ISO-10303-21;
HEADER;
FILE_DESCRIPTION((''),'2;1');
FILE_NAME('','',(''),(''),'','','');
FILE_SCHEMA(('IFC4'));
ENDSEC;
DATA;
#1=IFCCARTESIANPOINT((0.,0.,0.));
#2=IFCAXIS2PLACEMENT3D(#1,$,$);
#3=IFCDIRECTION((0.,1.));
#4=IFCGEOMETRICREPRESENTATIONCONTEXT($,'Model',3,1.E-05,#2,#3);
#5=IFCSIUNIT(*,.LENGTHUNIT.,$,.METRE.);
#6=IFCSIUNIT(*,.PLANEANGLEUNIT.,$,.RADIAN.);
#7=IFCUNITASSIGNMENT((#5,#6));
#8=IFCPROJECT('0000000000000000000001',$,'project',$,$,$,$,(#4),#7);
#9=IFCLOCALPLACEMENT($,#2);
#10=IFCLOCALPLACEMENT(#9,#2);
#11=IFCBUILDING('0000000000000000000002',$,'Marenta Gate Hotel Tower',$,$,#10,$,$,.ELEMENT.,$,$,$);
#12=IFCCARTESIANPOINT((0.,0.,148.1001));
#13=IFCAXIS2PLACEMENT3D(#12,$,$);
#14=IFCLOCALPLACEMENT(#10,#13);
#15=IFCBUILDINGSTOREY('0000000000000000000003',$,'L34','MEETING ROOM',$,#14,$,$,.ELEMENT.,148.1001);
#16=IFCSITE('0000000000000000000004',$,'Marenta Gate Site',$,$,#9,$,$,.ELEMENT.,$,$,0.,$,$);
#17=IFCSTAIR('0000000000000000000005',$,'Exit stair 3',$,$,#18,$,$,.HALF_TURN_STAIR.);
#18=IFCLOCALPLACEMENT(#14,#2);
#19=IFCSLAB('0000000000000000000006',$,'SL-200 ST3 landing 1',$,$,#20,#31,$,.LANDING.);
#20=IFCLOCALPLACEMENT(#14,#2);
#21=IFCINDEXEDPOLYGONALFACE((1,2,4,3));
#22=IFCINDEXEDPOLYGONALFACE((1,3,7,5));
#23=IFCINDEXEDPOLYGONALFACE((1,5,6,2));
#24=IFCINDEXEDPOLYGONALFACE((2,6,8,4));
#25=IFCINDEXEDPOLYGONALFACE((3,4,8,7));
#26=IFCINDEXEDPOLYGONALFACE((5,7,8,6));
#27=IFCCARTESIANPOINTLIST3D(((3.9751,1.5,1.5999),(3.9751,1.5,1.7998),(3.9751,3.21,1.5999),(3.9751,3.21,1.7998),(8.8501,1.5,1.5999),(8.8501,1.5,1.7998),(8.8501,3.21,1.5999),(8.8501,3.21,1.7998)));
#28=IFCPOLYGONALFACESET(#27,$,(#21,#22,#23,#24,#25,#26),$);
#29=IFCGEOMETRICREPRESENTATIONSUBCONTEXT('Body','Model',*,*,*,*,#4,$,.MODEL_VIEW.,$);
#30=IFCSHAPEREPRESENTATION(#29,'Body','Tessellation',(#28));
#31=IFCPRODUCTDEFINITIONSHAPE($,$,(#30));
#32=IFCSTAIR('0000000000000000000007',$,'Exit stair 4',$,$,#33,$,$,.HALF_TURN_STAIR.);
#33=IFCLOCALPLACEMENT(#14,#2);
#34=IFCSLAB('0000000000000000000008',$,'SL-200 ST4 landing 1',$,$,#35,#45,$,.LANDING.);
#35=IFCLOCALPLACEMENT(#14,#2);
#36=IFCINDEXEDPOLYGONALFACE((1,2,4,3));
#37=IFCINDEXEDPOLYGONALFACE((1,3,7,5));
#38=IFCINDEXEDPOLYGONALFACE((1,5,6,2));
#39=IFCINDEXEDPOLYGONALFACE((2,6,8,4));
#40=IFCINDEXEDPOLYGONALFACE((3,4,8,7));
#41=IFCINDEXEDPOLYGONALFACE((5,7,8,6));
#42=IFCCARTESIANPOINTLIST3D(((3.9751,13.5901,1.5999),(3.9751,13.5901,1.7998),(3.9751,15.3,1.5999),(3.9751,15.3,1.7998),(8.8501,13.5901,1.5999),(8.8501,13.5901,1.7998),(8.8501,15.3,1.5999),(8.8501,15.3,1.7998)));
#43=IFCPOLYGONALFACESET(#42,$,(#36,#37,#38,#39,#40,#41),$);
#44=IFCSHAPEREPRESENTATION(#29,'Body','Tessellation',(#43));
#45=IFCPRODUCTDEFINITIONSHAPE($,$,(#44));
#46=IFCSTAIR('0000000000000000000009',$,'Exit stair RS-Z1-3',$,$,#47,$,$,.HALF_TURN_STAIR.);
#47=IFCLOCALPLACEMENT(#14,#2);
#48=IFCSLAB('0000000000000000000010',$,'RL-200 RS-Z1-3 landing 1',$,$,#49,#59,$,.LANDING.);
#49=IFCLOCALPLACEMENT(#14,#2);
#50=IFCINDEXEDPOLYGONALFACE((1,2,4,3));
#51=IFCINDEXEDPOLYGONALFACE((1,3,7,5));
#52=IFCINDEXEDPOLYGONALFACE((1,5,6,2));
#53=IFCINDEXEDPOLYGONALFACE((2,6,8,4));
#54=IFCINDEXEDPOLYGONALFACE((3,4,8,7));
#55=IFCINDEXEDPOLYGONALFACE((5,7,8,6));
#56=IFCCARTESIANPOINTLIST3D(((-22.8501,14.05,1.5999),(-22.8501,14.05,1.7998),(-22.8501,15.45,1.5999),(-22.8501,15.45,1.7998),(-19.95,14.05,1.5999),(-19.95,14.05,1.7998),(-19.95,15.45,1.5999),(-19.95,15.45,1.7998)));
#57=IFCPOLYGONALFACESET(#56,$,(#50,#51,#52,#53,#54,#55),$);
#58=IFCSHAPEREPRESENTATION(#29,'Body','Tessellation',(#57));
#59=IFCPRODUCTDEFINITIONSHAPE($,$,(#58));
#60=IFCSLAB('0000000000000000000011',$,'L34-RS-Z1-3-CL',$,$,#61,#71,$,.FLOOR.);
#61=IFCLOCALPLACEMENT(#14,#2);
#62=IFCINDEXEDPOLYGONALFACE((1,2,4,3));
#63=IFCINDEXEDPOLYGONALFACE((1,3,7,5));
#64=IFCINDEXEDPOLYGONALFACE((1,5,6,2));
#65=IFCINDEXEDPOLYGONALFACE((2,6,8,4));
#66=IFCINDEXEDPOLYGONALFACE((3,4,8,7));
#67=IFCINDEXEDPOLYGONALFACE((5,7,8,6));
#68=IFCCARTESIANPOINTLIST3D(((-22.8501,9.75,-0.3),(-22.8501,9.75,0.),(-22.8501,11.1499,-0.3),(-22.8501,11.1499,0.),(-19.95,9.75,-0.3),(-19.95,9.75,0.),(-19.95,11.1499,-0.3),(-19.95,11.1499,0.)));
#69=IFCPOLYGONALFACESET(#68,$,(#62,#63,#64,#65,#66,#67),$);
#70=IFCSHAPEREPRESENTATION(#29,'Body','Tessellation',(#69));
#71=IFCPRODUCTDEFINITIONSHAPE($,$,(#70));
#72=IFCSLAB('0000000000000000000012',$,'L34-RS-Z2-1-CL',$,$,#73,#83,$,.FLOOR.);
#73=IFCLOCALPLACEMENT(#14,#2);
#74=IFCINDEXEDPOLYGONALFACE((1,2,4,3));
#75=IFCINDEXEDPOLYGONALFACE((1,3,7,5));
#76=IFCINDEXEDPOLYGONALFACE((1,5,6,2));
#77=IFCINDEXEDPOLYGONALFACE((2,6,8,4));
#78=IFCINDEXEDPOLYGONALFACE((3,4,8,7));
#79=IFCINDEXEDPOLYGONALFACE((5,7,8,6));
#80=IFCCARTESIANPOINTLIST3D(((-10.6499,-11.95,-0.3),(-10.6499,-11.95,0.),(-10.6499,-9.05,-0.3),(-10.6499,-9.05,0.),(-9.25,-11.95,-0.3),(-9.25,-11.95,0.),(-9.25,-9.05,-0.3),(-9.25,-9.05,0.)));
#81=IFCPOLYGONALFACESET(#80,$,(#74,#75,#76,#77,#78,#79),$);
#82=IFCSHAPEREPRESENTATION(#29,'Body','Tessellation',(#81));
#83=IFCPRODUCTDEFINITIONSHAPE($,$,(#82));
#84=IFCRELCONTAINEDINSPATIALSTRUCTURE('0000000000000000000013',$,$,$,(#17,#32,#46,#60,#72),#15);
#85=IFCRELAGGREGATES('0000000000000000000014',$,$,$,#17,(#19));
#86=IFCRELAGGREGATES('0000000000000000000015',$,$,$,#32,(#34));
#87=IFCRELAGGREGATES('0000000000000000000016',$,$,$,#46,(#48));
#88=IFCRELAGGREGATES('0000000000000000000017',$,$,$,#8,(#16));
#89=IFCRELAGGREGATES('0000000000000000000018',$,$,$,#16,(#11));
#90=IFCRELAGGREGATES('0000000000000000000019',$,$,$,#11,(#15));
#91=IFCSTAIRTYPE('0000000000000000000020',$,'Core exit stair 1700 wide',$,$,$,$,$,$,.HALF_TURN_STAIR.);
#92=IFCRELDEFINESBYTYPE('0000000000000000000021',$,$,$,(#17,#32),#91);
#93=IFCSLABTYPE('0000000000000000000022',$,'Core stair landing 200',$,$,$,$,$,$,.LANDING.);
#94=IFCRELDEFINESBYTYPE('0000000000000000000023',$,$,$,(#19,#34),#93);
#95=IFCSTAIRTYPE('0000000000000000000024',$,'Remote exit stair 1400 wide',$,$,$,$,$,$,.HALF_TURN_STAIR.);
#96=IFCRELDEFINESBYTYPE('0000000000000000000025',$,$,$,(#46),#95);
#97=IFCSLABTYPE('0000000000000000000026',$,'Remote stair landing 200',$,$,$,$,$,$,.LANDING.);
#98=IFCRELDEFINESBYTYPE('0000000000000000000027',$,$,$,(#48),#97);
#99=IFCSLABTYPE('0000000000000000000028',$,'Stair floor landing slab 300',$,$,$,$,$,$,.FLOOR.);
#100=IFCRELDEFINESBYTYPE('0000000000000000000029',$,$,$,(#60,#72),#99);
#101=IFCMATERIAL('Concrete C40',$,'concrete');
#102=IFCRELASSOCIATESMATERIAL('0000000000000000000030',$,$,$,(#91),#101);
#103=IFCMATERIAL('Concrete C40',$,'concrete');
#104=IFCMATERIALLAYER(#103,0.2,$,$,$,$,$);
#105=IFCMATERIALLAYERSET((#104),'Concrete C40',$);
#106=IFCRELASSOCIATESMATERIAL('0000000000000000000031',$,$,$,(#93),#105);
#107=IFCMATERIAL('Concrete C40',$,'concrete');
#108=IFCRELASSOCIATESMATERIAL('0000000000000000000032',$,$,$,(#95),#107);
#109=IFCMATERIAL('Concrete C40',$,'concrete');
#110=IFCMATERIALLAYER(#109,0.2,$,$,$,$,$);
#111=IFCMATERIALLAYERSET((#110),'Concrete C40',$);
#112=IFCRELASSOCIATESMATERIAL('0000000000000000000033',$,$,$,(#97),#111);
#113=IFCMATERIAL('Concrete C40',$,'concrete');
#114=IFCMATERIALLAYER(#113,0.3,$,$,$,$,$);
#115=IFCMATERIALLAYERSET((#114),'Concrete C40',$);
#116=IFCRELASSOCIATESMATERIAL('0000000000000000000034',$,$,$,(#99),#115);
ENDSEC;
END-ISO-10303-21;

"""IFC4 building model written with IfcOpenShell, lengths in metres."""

from ifc_helpers import new_model, si_unit, direction, frame, origin, place, context, subcontext, project, spatial, polyline, outline, extrude, material, layer, layer_set, type_object, element, aggregate, save


model = new_model("IFC4")

# Units and contexts
model_context = context("Model", 3, precision=1e-05, world=origin(), true_north=direction((0.0, 1.0)))
body_context = subcontext(model_context, "Body", "Model", "MODEL_VIEW")
ifc_project = project(units=[si_unit("LENGTHUNIT", "METRE"), si_unit("PLANEANGLEUNIT", "RADIAN")], contexts=[model_context])

# Site, building, storey
site_placement = place(None, origin())
site = spatial("IfcSite", under=ifc_project, at=site_placement, Name="Marenta Gate Site", CompositionType="ELEMENT", RefElevation=0.0)
building_placement = place(site_placement, origin())
building = spatial("IfcBuilding", under=site, at=building_placement, Name="Marenta Gate Hotel Tower", CompositionType="ELEMENT")
storey_placement = place(building_placement, frame((0.0, 0.0, 148.1001)))
storey = spatial("IfcBuildingStorey", under=building, at=storey_placement, Name="L34", Description="MEETING ROOM", CompositionType="ELEMENT", Elevation=148.1001)

# Stairs, slabs
ifc_material_1 = material(Name="Concrete C40", Category="concrete")
stair_type_1 = type_object("IfcStairType", Name="Core exit stair 1700 wide", PredefinedType="HALF_TURN_STAIR", material=ifc_material_1)
ifc_material_2 = material(Name="Concrete C40", Category="concrete")
ifc_layer_1 = layer(ifc_material_2, 0.2)
ifc_layer_set_1 = layer_set([ifc_layer_1], Name="Concrete C40")
slab_type_1 = type_object("IfcSlabType", Name="Core stair landing 200", PredefinedType="LANDING", material=ifc_layer_set_1)
stair_1_placement = place(storey_placement, origin())
stair_1 = element("IfcStair", 1, at=stair_1_placement, inside=storey, type_object=stair_type_1, Name="Exit stair 3", PredefinedType="HALF_TURN_STAIR")
slab_1_placement = place(storey_placement, frame((0.0, 0.0, 1.5999)))
slab_1 = element("IfcSlab", 2, at=slab_1_placement, type_object=slab_type_1, Name="SL-200 ST3 landing 1", PredefinedType="LANDING", context=body_context, shape_type="SweptSolid", body=[
    extrude(outline(polyline([(3.9751, 1.5), (8.8501, 1.5), (8.8501, 3.21), (3.9751, 3.21), (3.9751, 1.5)])), origin(), (0.0, 0.0, 1.0), 0.2),
])
aggregate(stair_1, [slab_1])
stair_2_placement = place(storey_placement, origin())
stair_2 = element("IfcStair", 3, at=stair_2_placement, inside=storey, type_object=stair_type_1, Name="Exit stair 4", PredefinedType="HALF_TURN_STAIR")
slab_2_placement = place(storey_placement, frame((0.0, 0.0, 1.5999)))
slab_2 = element("IfcSlab", 4, at=slab_2_placement, type_object=slab_type_1, Name="SL-200 ST4 landing 1", PredefinedType="LANDING", context=body_context, shape_type="SweptSolid", body=[
    extrude(outline(polyline([(3.9751, 13.5901), (8.8501, 13.5901), (8.8501, 15.3), (3.9751, 15.3), (3.9751, 13.5901)])), origin(), (0.0, 0.0, 1.0), 0.2),
])
aggregate(stair_2, [slab_2])
ifc_material_3 = material(Name="Concrete C40", Category="concrete")
stair_type_2 = type_object("IfcStairType", Name="Remote exit stair 1400 wide", PredefinedType="HALF_TURN_STAIR", material=ifc_material_3)
stair_3_placement = place(storey_placement, origin())
stair_3 = element("IfcStair", 5, at=stair_3_placement, inside=storey, type_object=stair_type_2, Name="Exit stair RS-Z1-3", PredefinedType="HALF_TURN_STAIR")
ifc_material_4 = material(Name="Concrete C40", Category="concrete")
ifc_layer_2 = layer(ifc_material_4, 0.2)
ifc_layer_set_2 = layer_set([ifc_layer_2], Name="Concrete C40")
slab_type_2 = type_object("IfcSlabType", Name="Remote stair landing 200", PredefinedType="LANDING", material=ifc_layer_set_2)
slab_3_placement = place(storey_placement, frame((0.0, 0.0, 1.5999)))
slab_3 = element("IfcSlab", 6, at=slab_3_placement, type_object=slab_type_2, Name="RL-200 RS-Z1-3 landing 1", PredefinedType="LANDING", context=body_context, shape_type="SweptSolid", body=[
    extrude(outline(polyline([(-22.8501, 14.05), (-19.95, 14.05), (-19.95, 15.45), (-22.8501, 15.45), (-22.8501, 14.05)])), origin(), (0.0, 0.0, 1.0), 0.2),
])
aggregate(stair_3, [slab_3])

# Slabs
ifc_material_5 = material(Name="Concrete C40", Category="concrete")
ifc_layer_3 = layer(ifc_material_5, 0.3)
ifc_layer_set_3 = layer_set([ifc_layer_3], Name="Concrete C40")
slab_type_3 = type_object("IfcSlabType", Name="Stair floor landing slab 300", PredefinedType="FLOOR", material=ifc_layer_set_3)
slab_4_placement = place(storey_placement, frame((0.0, 0.0, -0.3)))
element("IfcSlab", 7, at=slab_4_placement, inside=storey, type_object=slab_type_3, Name="L34-RS-Z1-3-CL", PredefinedType="FLOOR", context=body_context, shape_type="SweptSolid", body=[
    extrude(outline(polyline([(-19.95, 9.75), (-19.95, 11.1499), (-22.8501, 11.1499), (-22.8501, 9.75), (-19.95, 9.75)])), origin(), (0.0, 0.0, 1.0), 0.3),
])
slab_5_placement = place(storey_placement, frame((0.0, 0.0, -0.3)))
element("IfcSlab", 8, at=slab_5_placement, inside=storey, type_object=slab_type_3, Name="L34-RS-Z2-1-CL", PredefinedType="FLOOR", context=body_context, shape_type="SweptSolid", body=[
    extrude(outline(polyline([(-9.25, -11.95), (-9.25, -9.05), (-10.6499, -9.05), (-10.6499, -11.95), (-9.25, -11.95)])), origin(), (0.0, 0.0, 1.0), 0.3),
])

save(model, "model.ifc")
